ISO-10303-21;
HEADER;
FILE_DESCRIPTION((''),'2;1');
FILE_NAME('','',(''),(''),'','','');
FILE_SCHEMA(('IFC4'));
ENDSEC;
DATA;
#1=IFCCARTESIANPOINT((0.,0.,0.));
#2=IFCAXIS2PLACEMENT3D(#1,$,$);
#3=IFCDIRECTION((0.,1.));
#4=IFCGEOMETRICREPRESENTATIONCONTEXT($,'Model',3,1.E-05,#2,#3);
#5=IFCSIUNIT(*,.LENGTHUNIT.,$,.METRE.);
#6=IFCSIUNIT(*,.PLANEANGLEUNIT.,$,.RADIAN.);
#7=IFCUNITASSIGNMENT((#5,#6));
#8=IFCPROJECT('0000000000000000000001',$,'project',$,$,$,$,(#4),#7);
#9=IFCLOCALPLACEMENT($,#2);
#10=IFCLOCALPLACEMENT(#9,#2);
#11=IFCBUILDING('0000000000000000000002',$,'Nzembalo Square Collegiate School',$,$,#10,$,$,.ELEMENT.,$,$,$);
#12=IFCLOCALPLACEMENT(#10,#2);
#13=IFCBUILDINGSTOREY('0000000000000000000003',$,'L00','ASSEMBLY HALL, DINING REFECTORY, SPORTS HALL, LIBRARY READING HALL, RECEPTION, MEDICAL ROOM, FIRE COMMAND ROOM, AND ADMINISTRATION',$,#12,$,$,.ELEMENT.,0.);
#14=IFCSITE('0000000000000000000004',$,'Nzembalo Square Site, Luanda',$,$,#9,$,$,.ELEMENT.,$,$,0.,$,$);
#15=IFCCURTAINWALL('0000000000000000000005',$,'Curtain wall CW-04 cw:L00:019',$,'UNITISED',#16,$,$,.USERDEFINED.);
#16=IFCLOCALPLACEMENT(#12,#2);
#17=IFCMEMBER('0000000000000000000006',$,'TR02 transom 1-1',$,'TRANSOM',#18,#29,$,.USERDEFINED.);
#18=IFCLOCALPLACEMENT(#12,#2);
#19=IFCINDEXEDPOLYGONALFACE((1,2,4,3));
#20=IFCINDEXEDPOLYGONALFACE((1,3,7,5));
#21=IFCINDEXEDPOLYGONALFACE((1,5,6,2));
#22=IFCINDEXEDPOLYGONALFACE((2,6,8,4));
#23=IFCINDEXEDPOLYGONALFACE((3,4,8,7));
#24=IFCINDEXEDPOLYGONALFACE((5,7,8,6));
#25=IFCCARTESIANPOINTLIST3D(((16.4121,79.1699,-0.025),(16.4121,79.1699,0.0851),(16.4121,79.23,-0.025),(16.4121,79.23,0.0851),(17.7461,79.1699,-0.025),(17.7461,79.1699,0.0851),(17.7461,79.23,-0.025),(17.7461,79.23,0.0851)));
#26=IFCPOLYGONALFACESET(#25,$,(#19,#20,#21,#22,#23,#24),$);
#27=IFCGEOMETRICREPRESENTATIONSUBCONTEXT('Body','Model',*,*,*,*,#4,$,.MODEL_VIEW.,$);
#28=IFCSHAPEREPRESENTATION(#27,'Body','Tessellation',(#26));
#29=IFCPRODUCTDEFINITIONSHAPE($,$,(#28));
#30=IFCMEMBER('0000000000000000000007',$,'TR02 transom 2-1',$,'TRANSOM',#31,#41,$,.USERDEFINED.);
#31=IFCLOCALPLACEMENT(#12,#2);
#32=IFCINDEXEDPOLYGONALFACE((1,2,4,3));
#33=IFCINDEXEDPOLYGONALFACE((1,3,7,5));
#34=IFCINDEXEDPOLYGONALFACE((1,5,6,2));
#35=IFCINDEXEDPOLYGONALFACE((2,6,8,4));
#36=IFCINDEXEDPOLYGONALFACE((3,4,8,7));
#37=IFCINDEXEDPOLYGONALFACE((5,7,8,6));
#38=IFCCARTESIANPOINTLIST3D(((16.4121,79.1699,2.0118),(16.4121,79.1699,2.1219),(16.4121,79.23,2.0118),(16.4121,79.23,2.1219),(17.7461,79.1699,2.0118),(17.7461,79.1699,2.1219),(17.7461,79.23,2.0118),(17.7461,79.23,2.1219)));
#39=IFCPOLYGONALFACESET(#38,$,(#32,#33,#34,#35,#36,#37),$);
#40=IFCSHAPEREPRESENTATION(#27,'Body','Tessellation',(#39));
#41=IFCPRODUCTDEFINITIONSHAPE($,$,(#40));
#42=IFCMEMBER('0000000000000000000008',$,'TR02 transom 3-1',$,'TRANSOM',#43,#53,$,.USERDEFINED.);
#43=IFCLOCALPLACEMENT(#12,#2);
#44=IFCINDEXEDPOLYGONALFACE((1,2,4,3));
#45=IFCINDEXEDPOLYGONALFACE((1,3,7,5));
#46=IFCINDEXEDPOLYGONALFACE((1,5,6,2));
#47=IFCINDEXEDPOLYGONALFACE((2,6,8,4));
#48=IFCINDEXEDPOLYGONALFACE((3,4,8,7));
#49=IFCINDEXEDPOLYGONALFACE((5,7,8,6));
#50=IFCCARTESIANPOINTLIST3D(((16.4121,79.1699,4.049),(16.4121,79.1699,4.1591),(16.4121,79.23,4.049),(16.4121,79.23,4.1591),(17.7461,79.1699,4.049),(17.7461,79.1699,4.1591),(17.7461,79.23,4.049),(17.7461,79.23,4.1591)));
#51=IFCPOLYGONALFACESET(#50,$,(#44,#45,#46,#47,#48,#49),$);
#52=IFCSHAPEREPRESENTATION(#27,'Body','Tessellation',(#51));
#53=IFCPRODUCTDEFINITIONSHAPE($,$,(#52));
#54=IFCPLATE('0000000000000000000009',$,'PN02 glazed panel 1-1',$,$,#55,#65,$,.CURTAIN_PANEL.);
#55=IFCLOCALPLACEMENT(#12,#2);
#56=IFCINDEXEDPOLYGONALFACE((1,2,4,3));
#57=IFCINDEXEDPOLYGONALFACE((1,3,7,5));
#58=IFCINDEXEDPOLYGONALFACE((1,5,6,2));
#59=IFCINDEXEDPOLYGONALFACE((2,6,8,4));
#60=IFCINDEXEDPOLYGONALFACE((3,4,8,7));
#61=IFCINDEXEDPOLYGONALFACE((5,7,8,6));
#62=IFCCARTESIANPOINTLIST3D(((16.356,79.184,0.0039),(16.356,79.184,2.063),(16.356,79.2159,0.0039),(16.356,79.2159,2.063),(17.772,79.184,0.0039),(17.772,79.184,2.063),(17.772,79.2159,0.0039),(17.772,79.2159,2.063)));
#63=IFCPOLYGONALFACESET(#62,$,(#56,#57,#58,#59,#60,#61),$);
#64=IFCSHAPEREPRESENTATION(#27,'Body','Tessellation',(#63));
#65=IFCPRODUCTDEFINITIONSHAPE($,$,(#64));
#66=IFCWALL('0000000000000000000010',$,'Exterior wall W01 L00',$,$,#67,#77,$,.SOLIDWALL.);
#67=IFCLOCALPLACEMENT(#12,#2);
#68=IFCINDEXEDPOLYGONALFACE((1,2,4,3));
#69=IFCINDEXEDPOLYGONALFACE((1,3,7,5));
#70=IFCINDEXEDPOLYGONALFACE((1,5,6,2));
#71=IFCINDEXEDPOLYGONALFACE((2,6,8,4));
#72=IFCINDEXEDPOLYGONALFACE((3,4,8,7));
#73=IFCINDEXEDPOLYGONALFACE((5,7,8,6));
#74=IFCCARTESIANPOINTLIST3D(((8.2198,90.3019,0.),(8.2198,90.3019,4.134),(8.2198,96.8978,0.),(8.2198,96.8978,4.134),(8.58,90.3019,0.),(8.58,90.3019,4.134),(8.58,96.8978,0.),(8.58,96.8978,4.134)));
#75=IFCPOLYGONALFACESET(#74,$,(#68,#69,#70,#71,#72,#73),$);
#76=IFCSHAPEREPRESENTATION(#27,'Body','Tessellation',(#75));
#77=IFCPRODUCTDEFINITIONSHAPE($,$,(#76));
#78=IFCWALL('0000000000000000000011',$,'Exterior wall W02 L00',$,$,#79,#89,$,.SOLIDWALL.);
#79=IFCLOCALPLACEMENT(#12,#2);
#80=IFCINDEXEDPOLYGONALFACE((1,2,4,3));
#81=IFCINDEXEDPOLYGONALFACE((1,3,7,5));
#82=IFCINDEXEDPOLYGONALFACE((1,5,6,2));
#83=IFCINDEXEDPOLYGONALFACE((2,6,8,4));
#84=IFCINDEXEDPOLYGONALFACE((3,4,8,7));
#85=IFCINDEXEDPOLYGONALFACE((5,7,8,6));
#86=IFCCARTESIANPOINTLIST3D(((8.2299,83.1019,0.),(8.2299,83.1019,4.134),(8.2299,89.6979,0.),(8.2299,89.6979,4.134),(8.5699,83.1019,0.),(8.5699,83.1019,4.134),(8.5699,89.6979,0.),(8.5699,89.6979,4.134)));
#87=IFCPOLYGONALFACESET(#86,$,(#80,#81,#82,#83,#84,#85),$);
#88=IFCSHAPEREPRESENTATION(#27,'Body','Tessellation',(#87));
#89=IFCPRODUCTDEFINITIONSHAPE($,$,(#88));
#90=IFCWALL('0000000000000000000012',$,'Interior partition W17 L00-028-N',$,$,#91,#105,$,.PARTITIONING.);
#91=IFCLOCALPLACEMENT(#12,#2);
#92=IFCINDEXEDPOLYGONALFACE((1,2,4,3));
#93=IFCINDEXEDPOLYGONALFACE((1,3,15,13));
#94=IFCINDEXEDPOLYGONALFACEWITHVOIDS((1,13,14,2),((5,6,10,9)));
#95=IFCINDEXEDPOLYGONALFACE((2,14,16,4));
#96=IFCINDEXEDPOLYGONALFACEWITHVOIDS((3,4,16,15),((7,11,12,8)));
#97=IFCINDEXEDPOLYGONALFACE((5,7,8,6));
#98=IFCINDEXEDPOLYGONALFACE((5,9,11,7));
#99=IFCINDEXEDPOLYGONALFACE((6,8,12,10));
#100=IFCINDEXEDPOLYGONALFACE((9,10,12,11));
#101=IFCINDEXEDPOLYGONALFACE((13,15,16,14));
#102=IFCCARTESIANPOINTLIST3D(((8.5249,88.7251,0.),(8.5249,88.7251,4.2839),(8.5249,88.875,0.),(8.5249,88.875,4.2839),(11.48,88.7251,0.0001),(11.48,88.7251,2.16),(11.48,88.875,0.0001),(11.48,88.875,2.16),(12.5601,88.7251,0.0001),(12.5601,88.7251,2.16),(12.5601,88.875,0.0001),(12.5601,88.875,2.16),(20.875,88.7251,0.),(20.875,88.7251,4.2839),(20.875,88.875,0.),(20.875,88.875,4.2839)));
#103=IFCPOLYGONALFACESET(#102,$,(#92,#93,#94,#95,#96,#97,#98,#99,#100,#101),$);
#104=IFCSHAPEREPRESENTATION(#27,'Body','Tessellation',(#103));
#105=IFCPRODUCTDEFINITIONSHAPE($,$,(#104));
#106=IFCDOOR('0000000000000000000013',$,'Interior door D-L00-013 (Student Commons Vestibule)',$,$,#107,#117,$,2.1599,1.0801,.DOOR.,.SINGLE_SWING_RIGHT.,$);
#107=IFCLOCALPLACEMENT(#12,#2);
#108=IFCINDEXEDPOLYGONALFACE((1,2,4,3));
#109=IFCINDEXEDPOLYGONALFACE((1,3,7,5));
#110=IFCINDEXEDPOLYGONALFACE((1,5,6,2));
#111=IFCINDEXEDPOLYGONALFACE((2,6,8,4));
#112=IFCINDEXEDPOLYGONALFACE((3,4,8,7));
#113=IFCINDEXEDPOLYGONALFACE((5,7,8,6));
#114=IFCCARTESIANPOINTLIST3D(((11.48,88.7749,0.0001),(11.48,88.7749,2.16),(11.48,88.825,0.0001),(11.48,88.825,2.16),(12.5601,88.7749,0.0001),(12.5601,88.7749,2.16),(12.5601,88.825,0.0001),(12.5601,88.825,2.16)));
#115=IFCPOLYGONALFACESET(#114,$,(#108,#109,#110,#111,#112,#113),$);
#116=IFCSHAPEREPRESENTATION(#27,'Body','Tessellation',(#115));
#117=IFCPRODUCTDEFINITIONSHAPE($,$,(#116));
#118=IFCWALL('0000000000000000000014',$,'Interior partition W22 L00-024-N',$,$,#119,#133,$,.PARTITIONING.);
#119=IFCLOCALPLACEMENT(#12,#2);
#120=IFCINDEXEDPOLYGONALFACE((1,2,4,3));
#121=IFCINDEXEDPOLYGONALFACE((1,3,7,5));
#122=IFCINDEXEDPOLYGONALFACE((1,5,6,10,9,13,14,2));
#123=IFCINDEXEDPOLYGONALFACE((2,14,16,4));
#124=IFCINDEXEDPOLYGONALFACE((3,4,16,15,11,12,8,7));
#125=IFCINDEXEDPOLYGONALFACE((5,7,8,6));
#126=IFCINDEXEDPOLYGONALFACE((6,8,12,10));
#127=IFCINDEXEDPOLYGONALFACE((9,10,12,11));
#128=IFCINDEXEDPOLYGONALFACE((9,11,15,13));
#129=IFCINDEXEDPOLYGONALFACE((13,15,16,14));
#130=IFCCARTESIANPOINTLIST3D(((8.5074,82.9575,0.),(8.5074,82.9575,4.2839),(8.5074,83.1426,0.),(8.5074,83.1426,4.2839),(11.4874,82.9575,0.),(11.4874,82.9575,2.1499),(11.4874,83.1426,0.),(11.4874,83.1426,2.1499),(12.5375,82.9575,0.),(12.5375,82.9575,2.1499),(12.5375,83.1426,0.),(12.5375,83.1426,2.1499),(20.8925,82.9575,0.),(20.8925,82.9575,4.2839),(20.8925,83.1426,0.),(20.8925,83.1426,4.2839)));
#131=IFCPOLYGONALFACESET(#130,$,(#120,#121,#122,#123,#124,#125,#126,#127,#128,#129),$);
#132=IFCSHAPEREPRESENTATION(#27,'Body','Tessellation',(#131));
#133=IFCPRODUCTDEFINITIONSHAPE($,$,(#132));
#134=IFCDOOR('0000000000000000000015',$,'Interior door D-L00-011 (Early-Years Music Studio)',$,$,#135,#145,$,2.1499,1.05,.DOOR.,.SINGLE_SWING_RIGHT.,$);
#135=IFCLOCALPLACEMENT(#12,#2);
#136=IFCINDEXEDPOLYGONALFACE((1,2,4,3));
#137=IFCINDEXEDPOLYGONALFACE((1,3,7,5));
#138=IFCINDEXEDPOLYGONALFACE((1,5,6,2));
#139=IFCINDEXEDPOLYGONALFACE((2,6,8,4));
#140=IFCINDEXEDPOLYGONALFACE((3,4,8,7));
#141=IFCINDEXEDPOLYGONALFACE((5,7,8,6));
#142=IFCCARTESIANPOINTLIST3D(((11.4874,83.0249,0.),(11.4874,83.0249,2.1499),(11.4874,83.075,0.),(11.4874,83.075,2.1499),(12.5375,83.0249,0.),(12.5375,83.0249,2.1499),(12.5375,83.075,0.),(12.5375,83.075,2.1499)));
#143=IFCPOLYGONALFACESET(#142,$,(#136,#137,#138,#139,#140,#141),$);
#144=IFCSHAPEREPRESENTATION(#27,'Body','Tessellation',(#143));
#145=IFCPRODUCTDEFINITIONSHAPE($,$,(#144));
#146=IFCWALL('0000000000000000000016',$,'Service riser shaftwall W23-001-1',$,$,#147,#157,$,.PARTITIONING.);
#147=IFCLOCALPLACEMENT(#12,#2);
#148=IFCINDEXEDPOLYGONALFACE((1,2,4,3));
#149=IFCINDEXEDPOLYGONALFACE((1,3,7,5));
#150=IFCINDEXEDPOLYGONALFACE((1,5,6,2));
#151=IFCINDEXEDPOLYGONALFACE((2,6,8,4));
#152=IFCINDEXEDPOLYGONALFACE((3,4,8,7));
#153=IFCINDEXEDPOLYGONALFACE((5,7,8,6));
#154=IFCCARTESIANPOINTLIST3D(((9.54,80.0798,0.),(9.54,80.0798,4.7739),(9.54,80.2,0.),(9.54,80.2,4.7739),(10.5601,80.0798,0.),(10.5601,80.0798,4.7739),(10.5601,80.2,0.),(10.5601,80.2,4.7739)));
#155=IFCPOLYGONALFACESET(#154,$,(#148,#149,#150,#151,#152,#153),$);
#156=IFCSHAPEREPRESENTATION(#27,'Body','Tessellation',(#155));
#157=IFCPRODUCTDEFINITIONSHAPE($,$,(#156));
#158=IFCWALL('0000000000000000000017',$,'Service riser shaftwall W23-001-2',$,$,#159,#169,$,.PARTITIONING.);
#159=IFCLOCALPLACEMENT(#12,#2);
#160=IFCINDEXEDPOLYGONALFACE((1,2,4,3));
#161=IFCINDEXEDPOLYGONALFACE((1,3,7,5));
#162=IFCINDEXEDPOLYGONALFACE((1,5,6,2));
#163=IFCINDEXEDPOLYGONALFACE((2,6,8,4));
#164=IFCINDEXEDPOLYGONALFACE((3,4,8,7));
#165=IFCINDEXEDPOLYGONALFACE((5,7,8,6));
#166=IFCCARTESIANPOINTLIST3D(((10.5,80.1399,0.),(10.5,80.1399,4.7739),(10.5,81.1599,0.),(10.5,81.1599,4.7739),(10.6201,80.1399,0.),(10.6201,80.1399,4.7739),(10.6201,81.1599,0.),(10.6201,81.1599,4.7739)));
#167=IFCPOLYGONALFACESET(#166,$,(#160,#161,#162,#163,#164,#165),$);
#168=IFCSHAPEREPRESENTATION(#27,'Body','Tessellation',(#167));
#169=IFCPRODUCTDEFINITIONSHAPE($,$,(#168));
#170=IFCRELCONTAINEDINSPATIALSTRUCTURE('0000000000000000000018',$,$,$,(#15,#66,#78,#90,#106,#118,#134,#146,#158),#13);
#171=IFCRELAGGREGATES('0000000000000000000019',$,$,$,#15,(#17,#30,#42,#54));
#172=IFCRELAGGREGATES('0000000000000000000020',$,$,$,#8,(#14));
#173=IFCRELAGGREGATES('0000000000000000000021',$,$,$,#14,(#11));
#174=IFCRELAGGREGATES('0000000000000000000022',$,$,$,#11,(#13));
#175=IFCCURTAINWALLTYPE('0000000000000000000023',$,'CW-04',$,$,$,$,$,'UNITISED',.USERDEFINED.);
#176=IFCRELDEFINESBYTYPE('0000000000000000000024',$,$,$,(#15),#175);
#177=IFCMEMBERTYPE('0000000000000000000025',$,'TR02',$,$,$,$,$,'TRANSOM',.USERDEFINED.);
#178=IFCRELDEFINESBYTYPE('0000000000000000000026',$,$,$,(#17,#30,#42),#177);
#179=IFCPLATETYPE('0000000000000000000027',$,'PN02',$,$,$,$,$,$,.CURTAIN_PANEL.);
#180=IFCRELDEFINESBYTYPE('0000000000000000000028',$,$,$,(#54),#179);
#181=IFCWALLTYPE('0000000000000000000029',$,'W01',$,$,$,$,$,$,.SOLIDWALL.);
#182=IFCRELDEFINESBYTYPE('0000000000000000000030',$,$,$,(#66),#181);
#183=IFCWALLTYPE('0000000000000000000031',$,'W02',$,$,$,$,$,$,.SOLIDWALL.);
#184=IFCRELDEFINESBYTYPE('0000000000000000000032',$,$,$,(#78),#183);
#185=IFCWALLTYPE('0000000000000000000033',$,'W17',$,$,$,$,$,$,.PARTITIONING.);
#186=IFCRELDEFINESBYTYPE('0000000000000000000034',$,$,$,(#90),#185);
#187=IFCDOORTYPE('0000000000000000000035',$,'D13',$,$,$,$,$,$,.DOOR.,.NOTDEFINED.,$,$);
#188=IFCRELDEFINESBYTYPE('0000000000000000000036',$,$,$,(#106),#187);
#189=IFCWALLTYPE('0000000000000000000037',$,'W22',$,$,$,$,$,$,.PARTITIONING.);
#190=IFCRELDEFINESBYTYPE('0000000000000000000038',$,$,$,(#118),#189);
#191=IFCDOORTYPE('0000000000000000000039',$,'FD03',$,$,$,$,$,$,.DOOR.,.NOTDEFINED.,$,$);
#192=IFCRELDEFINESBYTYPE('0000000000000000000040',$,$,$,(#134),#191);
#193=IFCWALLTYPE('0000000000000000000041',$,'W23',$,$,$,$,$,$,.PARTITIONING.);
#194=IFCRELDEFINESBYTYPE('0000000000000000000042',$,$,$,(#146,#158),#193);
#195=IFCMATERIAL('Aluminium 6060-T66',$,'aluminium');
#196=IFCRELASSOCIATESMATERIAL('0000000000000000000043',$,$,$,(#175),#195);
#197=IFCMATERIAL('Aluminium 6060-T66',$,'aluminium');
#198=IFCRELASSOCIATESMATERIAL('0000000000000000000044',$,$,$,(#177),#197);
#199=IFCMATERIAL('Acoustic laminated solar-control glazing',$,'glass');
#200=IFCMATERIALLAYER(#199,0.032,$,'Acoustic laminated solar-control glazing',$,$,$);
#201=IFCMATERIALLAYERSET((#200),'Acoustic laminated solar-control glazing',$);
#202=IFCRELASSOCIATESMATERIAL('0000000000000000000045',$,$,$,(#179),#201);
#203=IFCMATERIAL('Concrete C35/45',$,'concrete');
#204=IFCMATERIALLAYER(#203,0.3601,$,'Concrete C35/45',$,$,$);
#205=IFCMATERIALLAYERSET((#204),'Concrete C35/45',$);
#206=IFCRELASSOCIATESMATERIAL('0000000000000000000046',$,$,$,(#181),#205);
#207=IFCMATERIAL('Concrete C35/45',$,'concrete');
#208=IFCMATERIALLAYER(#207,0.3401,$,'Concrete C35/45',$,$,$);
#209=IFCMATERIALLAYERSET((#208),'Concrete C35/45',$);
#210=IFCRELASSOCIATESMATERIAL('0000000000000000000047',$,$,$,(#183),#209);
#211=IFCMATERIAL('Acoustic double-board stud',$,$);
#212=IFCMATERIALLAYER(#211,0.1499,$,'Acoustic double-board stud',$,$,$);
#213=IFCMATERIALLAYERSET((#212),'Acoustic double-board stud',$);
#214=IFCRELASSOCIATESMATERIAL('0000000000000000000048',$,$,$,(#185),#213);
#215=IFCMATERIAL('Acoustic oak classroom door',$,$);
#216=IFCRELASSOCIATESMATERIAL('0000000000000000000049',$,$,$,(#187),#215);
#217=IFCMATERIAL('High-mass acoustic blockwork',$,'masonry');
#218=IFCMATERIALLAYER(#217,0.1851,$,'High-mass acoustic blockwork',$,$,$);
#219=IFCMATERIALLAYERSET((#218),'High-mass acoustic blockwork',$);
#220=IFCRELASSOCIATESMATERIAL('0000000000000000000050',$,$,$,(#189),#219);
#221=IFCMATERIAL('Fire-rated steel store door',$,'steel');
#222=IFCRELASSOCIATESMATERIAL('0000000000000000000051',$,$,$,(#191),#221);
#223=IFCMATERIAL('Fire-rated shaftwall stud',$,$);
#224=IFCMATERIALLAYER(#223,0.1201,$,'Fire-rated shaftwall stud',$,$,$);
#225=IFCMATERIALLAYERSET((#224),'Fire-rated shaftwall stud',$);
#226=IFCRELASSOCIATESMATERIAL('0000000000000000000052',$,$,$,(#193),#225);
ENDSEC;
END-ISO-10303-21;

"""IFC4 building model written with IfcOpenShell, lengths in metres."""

from ifc_helpers import new_model, si_unit, direction, frame, frame_2d, origin, origin_2d, place, context, subcontext, project, spatial, rectangle, extrude, material, layer, layer_set, material_profile, profile_set, type_object, element, fill, aggregate, save


model = new_model("IFC4")

# Units and contexts
model_context = context("Model", 3, precision=1e-05, world=origin(), true_north=direction((0.0, 1.0)))
body_context = subcontext(model_context, "Body", "Model", "MODEL_VIEW")
ifc_project = project(units=[si_unit("LENGTHUNIT", "METRE"), si_unit("PLANEANGLEUNIT", "RADIAN")], contexts=[model_context])

# Site, building, storey
site_placement = place(None, origin())
site = spatial("IfcSite", under=ifc_project, at=site_placement, Name="Nzembalo Square Site, Luanda", CompositionType="ELEMENT", RefElevation=0.0)
building_placement = place(site_placement, origin())
building = spatial("IfcBuilding", under=site, at=building_placement, Name="Nzembalo Square Collegiate School", CompositionType="ELEMENT")
storey_placement = place(building_placement, origin())
storey = spatial("IfcBuildingStorey", under=building, at=storey_placement, Name="L00", Description="ASSEMBLY HALL, DINING REFECTORY, SPORTS HALL, LIBRARY READING HALL, RECEPTION, MEDICAL ROOM, FIRE COMMAND ROOM, AND ADMINISTRATION", CompositionType="ELEMENT", Elevation=0.0)

# Curtain wall, members, plate
ifc_material_1 = material(Name="Aluminium 6060-T66", Category="aluminium")
curtain_wall_type = type_object("IfcCurtainWallType", Name="CW-04", ElementType="UNITISED", PredefinedType="USERDEFINED", material=ifc_material_1)
curtain_wall_placement = place(storey_placement, origin())
curtain_wall = element("IfcCurtainWall", 1, at=curtain_wall_placement, inside=storey, type_object=curtain_wall_type, Name="Curtain wall CW-04 cw:L00:019", ObjectType="UNITISED", PredefinedType="USERDEFINED")
ifc_material_2 = material(Name="Aluminium 6060-T66", Category="aluminium")
ifc_material_profile_1 = material_profile(ifc_material_2, rectangle(XDim=0.0601, YDim=0.1101, at=origin_2d()), Name="ALU T60x110")
ifc_profile_set_1 = profile_set([ifc_material_profile_1], Name="Aluminium 6060-T66")
member_type_1 = type_object("IfcMemberType", Name="TR02", ElementType="TRANSOM", PredefinedType="USERDEFINED", material=ifc_profile_set_1)
member_1_placement = place(storey_placement, frame((16.4121, 79.2, 0.03), z_axis=(1.0, 0.0, 0.0), x_axis=(0.0, 1.0, 0.0)))
member_1 = element("IfcMember", 2, at=member_1_placement, type_object=member_type_1, Name="TR02 transom 1-1", ObjectType="TRANSOM", PredefinedType="USERDEFINED", context=body_context, shape_type="SweptSolid", body=[
    extrude(rectangle(XDim=0.0601, YDim=0.1101, at=origin_2d()), origin(), (0.0, 0.0, 1.0), 1.334),
])
member_2_placement = place(storey_placement, frame((16.4121, 79.2, 2.0669), z_axis=(1.0, 0.0, 0.0), x_axis=(0.0, 1.0, 0.0)))
member_2 = element("IfcMember", 3, at=member_2_placement, type_object=member_type_1, Name="TR02 transom 2-1", ObjectType="TRANSOM", PredefinedType="USERDEFINED", context=body_context, shape_type="SweptSolid", body=[
    extrude(rectangle(XDim=0.0601, YDim=0.1101, at=origin_2d()), origin(), (0.0, 0.0, 1.0), 1.334),
])
member_3_placement = place(storey_placement, frame((16.4121, 79.2, 4.104), z_axis=(1.0, 0.0, 0.0), x_axis=(0.0, 1.0, 0.0)))
member_3 = element("IfcMember", 4, at=member_3_placement, type_object=member_type_1, Name="TR02 transom 3-1", ObjectType="TRANSOM", PredefinedType="USERDEFINED", context=body_context, shape_type="SweptSolid", body=[
    extrude(rectangle(XDim=0.0601, YDim=0.1101, at=origin_2d()), origin(), (0.0, 0.0, 1.0), 1.334),
])
ifc_material_3 = material(Name="Acoustic laminated solar-control glazing", Category="glass")
ifc_layer_1 = layer(ifc_material_3, 0.032, Name="Acoustic laminated solar-control glazing")
ifc_layer_set_1 = layer_set([ifc_layer_1], Name="Acoustic laminated solar-control glazing")
plate_type = type_object("IfcPlateType", Name="PN02", PredefinedType="CURTAIN_PANEL", material=ifc_layer_set_1)
plate_placement = place(storey_placement, frame((17.064, 79.2, 0.0039), z_axis=(0.0, 0.0, 1.0), x_axis=(1.0, 0.0, 0.0)))
plate = element("IfcPlate", 5, at=plate_placement, type_object=plate_type, Name="PN02 glazed panel 1-1", PredefinedType="CURTAIN_PANEL", context=body_context, shape_type="SweptSolid", body=[
    extrude(rectangle(XDim=1.416, YDim=0.032, at=origin_2d()), origin(), (0.0, 0.0, 1.0), 2.0591),
])
aggregate(curtain_wall, [member_1, member_2, member_3, plate])

# Walls
ifc_material_4 = material(Name="Concrete C35/45", Category="concrete")
ifc_layer_2 = layer(ifc_material_4, 0.3601, Name="Concrete C35/45")
ifc_layer_set_2 = layer_set([ifc_layer_2], Name="Concrete C35/45")
wall_type_1 = type_object("IfcWallType", Name="W01", PredefinedType="SOLIDWALL", material=ifc_layer_set_2)
wall_1_placement = place(storey_placement, frame((8.3999, 90.302, 0.0), z_axis=(0.0, 0.0, 1.0), x_axis=(0.0, 1.0, 0.0)))
element("IfcWall", 6, at=wall_1_placement, inside=storey, type_object=wall_type_1, Name="Exterior wall W01 L00", PredefinedType="SOLIDWALL", context=body_context, shape_type="SweptSolid", body=[
    extrude(rectangle(XDim=6.5959, YDim=0.3601, at=frame_2d((3.2979, 0.0))), origin(), (0.0, 0.0, 1.0), 4.134),
])
ifc_material_5 = material(Name="Concrete C35/45", Category="concrete")
ifc_layer_3 = layer(ifc_material_5, 0.3401, Name="Concrete C35/45")
ifc_layer_set_3 = layer_set([ifc_layer_3], Name="Concrete C35/45")
wall_type_2 = type_object("IfcWallType", Name="W02", PredefinedType="SOLIDWALL", material=ifc_layer_set_3)
wall_2_placement = place(storey_placement, frame((8.3999, 83.1021, 0.0), z_axis=(0.0, 0.0, 1.0), x_axis=(0.0, 1.0, 0.0)))
element("IfcWall", 7, at=wall_2_placement, inside=storey, type_object=wall_type_2, Name="Exterior wall W02 L00", PredefinedType="SOLIDWALL", context=body_context, shape_type="SweptSolid", body=[
    extrude(rectangle(XDim=6.5959, YDim=0.3401, at=frame_2d((3.2979, 0.0))), origin(), (0.0, 0.0, 1.0), 4.134),
])

# Walls, openings, doors
ifc_material_6 = material(Name="Acoustic double-board stud")
ifc_layer_4 = layer(ifc_material_6, 0.1499, Name="Acoustic double-board stud")
ifc_layer_set_4 = layer_set([ifc_layer_4], Name="Acoustic double-board stud")
wall_type_3 = type_object("IfcWallType", Name="W17", PredefinedType="PARTITIONING", material=ifc_layer_set_4)
wall_3_placement = place(storey_placement, frame((8.5249, 88.8, 0.0), z_axis=(0.0, 0.0, 1.0), x_axis=(1.0, 0.0, 0.0)))
wall_3 = element("IfcWall", 8, at=wall_3_placement, inside=storey, type_object=wall_type_3, Name="Interior partition W17 L00-028-N", PredefinedType="PARTITIONING", context=body_context, shape_type="SweptSolid", body=[
    extrude(rectangle(XDim=12.3501, YDim=0.1499, at=frame_2d((6.175, 0.0))), origin(), (0.0, 0.0, 1.0), 4.2839),
])
opening_1_placement = place(wall_3_placement, frame((2.9551, 0.0, 0.0)))
opening_1 = element("IfcOpeningElement", 9, at=opening_1_placement, cuts=wall_3, PredefinedType="OPENING", context=body_context, shape_type="SweptSolid", body=[
    extrude(rectangle(XDim=1.0801, YDim=2.1599, at=frame_2d((0.54, 1.0801))), frame((0.0, 0.085, 0.0), z_axis=(0.0, -1.0, 0.0), x_axis=(1.0, 0.0, 0.0)), (0.0, 0.0, 1.0), 0.1699),
])
ifc_material_7 = material(Name="Acoustic oak classroom door")
door_type_1 = type_object("IfcDoorType", Name="D13", OperationType="NOTDEFINED", PredefinedType="DOOR", material=ifc_material_7)
door_1_placement = place(opening_1_placement, origin())
door_1 = element("IfcDoor", 10, at=door_1_placement, inside=storey, type_object=door_type_1, Name="Interior door D-L00-013 (Student Commons Vestibule)", OperationType="SINGLE_SWING_RIGHT", OverallHeight=2.1599, OverallWidth=1.0801, PredefinedType="DOOR", context=body_context, shape_type="SweptSolid", body=[
    extrude(rectangle(XDim=1.0801, YDim=2.1599, at=frame_2d((0.54, 1.0801))), frame((0.0, 0.0249, 0.0), z_axis=(0.0, -1.0, 0.0), x_axis=(1.0, 0.0, 0.0)), (0.0, 0.0, 1.0), 0.05),
])
fill(opening_1, door_1)
ifc_material_8 = material(Name="High-mass acoustic blockwork", Category="masonry")
ifc_layer_5 = layer(ifc_material_8, 0.1851, Name="High-mass acoustic blockwork")
ifc_layer_set_5 = layer_set([ifc_layer_5], Name="High-mass acoustic blockwork")
wall_type_4 = type_object("IfcWallType", Name="W22", PredefinedType="PARTITIONING", material=ifc_layer_set_5)
wall_4_placement = place(storey_placement, frame((8.5076, 83.05, 0.0), z_axis=(0.0, 0.0, 1.0), x_axis=(1.0, 0.0, 0.0)))
wall_4 = element("IfcWall", 11, at=wall_4_placement, inside=storey, type_object=wall_type_4, Name="Interior partition W22 L00-024-N", PredefinedType="PARTITIONING", context=body_context, shape_type="SweptSolid", body=[
    extrude(rectangle(XDim=12.385, YDim=0.1851, at=frame_2d((6.1924, 0.0))), origin(), (0.0, 0.0, 1.0), 4.2839),
])
opening_2_placement = place(wall_4_placement, frame((2.98, 0.0, 0.0)))
opening_2 = element("IfcOpeningElement", 12, at=opening_2_placement, cuts=wall_4, PredefinedType="OPENING", context=body_context, shape_type="SweptSolid", body=[
    extrude(rectangle(XDim=1.05, YDim=2.1499, at=frame_2d((0.5249, 1.075))), frame((0.0, 0.1025, 0.0), z_axis=(0.0, -1.0, 0.0), x_axis=(1.0, 0.0, 0.0)), (0.0, 0.0, 1.0), 0.2051),
])
ifc_material_9 = material(Name="Fire-rated steel store door", Category="steel")
door_type_2 = type_object("IfcDoorType", Name="FD03", OperationType="NOTDEFINED", PredefinedType="DOOR", material=ifc_material_9)
door_2_placement = place(opening_2_placement, origin())
door_2 = element("IfcDoor", 13, at=door_2_placement, inside=storey, type_object=door_type_2, Name="Interior door D-L00-011 (Early-Years Music Studio)", OperationType="SINGLE_SWING_RIGHT", OverallHeight=2.1499, OverallWidth=1.05, PredefinedType="DOOR", context=body_context, shape_type="SweptSolid", body=[
    extrude(rectangle(XDim=1.05, YDim=2.1499, at=frame_2d((0.5249, 1.075))), frame((0.0, 0.0249, 0.0), z_axis=(0.0, -1.0, 0.0), x_axis=(1.0, 0.0, 0.0)), (0.0, 0.0, 1.0), 0.05),
])
fill(opening_2, door_2)

# Walls
ifc_material_10 = material(Name="Fire-rated shaftwall stud")
ifc_layer_6 = layer(ifc_material_10, 0.1201, Name="Fire-rated shaftwall stud")
ifc_layer_set_6 = layer_set([ifc_layer_6], Name="Fire-rated shaftwall stud")
wall_type_5 = type_object("IfcWallType", Name="W23", PredefinedType="PARTITIONING", material=ifc_layer_set_6)
for number, where, z_axis, x_axis, name in (
    (14, (9.54, 80.1399, 0.0), (0.0, 0.0, 1.0), (1.0, 0.0, 0.0), "Service riser shaftwall W23-001-1"),
    (15, (10.5601, 80.1399, 0.0), (0.0, 0.0, 1.0), (0.0, 1.0, 0.0), "Service riser shaftwall W23-001-2"),
):
    element("IfcWall", number, at=place(storey_placement, frame(where, z_axis=z_axis, x_axis=x_axis)), inside=storey, type_object=wall_type_5, Name=name, PredefinedType="PARTITIONING", context=body_context, shape_type="SweptSolid", body=[
        extrude(rectangle(XDim=1.02, YDim=0.1201, at=frame_2d((0.51, 0.0))), origin(), (0.0, 0.0, 1.0), 4.7739),
    ])

save(model, "model.ifc")
